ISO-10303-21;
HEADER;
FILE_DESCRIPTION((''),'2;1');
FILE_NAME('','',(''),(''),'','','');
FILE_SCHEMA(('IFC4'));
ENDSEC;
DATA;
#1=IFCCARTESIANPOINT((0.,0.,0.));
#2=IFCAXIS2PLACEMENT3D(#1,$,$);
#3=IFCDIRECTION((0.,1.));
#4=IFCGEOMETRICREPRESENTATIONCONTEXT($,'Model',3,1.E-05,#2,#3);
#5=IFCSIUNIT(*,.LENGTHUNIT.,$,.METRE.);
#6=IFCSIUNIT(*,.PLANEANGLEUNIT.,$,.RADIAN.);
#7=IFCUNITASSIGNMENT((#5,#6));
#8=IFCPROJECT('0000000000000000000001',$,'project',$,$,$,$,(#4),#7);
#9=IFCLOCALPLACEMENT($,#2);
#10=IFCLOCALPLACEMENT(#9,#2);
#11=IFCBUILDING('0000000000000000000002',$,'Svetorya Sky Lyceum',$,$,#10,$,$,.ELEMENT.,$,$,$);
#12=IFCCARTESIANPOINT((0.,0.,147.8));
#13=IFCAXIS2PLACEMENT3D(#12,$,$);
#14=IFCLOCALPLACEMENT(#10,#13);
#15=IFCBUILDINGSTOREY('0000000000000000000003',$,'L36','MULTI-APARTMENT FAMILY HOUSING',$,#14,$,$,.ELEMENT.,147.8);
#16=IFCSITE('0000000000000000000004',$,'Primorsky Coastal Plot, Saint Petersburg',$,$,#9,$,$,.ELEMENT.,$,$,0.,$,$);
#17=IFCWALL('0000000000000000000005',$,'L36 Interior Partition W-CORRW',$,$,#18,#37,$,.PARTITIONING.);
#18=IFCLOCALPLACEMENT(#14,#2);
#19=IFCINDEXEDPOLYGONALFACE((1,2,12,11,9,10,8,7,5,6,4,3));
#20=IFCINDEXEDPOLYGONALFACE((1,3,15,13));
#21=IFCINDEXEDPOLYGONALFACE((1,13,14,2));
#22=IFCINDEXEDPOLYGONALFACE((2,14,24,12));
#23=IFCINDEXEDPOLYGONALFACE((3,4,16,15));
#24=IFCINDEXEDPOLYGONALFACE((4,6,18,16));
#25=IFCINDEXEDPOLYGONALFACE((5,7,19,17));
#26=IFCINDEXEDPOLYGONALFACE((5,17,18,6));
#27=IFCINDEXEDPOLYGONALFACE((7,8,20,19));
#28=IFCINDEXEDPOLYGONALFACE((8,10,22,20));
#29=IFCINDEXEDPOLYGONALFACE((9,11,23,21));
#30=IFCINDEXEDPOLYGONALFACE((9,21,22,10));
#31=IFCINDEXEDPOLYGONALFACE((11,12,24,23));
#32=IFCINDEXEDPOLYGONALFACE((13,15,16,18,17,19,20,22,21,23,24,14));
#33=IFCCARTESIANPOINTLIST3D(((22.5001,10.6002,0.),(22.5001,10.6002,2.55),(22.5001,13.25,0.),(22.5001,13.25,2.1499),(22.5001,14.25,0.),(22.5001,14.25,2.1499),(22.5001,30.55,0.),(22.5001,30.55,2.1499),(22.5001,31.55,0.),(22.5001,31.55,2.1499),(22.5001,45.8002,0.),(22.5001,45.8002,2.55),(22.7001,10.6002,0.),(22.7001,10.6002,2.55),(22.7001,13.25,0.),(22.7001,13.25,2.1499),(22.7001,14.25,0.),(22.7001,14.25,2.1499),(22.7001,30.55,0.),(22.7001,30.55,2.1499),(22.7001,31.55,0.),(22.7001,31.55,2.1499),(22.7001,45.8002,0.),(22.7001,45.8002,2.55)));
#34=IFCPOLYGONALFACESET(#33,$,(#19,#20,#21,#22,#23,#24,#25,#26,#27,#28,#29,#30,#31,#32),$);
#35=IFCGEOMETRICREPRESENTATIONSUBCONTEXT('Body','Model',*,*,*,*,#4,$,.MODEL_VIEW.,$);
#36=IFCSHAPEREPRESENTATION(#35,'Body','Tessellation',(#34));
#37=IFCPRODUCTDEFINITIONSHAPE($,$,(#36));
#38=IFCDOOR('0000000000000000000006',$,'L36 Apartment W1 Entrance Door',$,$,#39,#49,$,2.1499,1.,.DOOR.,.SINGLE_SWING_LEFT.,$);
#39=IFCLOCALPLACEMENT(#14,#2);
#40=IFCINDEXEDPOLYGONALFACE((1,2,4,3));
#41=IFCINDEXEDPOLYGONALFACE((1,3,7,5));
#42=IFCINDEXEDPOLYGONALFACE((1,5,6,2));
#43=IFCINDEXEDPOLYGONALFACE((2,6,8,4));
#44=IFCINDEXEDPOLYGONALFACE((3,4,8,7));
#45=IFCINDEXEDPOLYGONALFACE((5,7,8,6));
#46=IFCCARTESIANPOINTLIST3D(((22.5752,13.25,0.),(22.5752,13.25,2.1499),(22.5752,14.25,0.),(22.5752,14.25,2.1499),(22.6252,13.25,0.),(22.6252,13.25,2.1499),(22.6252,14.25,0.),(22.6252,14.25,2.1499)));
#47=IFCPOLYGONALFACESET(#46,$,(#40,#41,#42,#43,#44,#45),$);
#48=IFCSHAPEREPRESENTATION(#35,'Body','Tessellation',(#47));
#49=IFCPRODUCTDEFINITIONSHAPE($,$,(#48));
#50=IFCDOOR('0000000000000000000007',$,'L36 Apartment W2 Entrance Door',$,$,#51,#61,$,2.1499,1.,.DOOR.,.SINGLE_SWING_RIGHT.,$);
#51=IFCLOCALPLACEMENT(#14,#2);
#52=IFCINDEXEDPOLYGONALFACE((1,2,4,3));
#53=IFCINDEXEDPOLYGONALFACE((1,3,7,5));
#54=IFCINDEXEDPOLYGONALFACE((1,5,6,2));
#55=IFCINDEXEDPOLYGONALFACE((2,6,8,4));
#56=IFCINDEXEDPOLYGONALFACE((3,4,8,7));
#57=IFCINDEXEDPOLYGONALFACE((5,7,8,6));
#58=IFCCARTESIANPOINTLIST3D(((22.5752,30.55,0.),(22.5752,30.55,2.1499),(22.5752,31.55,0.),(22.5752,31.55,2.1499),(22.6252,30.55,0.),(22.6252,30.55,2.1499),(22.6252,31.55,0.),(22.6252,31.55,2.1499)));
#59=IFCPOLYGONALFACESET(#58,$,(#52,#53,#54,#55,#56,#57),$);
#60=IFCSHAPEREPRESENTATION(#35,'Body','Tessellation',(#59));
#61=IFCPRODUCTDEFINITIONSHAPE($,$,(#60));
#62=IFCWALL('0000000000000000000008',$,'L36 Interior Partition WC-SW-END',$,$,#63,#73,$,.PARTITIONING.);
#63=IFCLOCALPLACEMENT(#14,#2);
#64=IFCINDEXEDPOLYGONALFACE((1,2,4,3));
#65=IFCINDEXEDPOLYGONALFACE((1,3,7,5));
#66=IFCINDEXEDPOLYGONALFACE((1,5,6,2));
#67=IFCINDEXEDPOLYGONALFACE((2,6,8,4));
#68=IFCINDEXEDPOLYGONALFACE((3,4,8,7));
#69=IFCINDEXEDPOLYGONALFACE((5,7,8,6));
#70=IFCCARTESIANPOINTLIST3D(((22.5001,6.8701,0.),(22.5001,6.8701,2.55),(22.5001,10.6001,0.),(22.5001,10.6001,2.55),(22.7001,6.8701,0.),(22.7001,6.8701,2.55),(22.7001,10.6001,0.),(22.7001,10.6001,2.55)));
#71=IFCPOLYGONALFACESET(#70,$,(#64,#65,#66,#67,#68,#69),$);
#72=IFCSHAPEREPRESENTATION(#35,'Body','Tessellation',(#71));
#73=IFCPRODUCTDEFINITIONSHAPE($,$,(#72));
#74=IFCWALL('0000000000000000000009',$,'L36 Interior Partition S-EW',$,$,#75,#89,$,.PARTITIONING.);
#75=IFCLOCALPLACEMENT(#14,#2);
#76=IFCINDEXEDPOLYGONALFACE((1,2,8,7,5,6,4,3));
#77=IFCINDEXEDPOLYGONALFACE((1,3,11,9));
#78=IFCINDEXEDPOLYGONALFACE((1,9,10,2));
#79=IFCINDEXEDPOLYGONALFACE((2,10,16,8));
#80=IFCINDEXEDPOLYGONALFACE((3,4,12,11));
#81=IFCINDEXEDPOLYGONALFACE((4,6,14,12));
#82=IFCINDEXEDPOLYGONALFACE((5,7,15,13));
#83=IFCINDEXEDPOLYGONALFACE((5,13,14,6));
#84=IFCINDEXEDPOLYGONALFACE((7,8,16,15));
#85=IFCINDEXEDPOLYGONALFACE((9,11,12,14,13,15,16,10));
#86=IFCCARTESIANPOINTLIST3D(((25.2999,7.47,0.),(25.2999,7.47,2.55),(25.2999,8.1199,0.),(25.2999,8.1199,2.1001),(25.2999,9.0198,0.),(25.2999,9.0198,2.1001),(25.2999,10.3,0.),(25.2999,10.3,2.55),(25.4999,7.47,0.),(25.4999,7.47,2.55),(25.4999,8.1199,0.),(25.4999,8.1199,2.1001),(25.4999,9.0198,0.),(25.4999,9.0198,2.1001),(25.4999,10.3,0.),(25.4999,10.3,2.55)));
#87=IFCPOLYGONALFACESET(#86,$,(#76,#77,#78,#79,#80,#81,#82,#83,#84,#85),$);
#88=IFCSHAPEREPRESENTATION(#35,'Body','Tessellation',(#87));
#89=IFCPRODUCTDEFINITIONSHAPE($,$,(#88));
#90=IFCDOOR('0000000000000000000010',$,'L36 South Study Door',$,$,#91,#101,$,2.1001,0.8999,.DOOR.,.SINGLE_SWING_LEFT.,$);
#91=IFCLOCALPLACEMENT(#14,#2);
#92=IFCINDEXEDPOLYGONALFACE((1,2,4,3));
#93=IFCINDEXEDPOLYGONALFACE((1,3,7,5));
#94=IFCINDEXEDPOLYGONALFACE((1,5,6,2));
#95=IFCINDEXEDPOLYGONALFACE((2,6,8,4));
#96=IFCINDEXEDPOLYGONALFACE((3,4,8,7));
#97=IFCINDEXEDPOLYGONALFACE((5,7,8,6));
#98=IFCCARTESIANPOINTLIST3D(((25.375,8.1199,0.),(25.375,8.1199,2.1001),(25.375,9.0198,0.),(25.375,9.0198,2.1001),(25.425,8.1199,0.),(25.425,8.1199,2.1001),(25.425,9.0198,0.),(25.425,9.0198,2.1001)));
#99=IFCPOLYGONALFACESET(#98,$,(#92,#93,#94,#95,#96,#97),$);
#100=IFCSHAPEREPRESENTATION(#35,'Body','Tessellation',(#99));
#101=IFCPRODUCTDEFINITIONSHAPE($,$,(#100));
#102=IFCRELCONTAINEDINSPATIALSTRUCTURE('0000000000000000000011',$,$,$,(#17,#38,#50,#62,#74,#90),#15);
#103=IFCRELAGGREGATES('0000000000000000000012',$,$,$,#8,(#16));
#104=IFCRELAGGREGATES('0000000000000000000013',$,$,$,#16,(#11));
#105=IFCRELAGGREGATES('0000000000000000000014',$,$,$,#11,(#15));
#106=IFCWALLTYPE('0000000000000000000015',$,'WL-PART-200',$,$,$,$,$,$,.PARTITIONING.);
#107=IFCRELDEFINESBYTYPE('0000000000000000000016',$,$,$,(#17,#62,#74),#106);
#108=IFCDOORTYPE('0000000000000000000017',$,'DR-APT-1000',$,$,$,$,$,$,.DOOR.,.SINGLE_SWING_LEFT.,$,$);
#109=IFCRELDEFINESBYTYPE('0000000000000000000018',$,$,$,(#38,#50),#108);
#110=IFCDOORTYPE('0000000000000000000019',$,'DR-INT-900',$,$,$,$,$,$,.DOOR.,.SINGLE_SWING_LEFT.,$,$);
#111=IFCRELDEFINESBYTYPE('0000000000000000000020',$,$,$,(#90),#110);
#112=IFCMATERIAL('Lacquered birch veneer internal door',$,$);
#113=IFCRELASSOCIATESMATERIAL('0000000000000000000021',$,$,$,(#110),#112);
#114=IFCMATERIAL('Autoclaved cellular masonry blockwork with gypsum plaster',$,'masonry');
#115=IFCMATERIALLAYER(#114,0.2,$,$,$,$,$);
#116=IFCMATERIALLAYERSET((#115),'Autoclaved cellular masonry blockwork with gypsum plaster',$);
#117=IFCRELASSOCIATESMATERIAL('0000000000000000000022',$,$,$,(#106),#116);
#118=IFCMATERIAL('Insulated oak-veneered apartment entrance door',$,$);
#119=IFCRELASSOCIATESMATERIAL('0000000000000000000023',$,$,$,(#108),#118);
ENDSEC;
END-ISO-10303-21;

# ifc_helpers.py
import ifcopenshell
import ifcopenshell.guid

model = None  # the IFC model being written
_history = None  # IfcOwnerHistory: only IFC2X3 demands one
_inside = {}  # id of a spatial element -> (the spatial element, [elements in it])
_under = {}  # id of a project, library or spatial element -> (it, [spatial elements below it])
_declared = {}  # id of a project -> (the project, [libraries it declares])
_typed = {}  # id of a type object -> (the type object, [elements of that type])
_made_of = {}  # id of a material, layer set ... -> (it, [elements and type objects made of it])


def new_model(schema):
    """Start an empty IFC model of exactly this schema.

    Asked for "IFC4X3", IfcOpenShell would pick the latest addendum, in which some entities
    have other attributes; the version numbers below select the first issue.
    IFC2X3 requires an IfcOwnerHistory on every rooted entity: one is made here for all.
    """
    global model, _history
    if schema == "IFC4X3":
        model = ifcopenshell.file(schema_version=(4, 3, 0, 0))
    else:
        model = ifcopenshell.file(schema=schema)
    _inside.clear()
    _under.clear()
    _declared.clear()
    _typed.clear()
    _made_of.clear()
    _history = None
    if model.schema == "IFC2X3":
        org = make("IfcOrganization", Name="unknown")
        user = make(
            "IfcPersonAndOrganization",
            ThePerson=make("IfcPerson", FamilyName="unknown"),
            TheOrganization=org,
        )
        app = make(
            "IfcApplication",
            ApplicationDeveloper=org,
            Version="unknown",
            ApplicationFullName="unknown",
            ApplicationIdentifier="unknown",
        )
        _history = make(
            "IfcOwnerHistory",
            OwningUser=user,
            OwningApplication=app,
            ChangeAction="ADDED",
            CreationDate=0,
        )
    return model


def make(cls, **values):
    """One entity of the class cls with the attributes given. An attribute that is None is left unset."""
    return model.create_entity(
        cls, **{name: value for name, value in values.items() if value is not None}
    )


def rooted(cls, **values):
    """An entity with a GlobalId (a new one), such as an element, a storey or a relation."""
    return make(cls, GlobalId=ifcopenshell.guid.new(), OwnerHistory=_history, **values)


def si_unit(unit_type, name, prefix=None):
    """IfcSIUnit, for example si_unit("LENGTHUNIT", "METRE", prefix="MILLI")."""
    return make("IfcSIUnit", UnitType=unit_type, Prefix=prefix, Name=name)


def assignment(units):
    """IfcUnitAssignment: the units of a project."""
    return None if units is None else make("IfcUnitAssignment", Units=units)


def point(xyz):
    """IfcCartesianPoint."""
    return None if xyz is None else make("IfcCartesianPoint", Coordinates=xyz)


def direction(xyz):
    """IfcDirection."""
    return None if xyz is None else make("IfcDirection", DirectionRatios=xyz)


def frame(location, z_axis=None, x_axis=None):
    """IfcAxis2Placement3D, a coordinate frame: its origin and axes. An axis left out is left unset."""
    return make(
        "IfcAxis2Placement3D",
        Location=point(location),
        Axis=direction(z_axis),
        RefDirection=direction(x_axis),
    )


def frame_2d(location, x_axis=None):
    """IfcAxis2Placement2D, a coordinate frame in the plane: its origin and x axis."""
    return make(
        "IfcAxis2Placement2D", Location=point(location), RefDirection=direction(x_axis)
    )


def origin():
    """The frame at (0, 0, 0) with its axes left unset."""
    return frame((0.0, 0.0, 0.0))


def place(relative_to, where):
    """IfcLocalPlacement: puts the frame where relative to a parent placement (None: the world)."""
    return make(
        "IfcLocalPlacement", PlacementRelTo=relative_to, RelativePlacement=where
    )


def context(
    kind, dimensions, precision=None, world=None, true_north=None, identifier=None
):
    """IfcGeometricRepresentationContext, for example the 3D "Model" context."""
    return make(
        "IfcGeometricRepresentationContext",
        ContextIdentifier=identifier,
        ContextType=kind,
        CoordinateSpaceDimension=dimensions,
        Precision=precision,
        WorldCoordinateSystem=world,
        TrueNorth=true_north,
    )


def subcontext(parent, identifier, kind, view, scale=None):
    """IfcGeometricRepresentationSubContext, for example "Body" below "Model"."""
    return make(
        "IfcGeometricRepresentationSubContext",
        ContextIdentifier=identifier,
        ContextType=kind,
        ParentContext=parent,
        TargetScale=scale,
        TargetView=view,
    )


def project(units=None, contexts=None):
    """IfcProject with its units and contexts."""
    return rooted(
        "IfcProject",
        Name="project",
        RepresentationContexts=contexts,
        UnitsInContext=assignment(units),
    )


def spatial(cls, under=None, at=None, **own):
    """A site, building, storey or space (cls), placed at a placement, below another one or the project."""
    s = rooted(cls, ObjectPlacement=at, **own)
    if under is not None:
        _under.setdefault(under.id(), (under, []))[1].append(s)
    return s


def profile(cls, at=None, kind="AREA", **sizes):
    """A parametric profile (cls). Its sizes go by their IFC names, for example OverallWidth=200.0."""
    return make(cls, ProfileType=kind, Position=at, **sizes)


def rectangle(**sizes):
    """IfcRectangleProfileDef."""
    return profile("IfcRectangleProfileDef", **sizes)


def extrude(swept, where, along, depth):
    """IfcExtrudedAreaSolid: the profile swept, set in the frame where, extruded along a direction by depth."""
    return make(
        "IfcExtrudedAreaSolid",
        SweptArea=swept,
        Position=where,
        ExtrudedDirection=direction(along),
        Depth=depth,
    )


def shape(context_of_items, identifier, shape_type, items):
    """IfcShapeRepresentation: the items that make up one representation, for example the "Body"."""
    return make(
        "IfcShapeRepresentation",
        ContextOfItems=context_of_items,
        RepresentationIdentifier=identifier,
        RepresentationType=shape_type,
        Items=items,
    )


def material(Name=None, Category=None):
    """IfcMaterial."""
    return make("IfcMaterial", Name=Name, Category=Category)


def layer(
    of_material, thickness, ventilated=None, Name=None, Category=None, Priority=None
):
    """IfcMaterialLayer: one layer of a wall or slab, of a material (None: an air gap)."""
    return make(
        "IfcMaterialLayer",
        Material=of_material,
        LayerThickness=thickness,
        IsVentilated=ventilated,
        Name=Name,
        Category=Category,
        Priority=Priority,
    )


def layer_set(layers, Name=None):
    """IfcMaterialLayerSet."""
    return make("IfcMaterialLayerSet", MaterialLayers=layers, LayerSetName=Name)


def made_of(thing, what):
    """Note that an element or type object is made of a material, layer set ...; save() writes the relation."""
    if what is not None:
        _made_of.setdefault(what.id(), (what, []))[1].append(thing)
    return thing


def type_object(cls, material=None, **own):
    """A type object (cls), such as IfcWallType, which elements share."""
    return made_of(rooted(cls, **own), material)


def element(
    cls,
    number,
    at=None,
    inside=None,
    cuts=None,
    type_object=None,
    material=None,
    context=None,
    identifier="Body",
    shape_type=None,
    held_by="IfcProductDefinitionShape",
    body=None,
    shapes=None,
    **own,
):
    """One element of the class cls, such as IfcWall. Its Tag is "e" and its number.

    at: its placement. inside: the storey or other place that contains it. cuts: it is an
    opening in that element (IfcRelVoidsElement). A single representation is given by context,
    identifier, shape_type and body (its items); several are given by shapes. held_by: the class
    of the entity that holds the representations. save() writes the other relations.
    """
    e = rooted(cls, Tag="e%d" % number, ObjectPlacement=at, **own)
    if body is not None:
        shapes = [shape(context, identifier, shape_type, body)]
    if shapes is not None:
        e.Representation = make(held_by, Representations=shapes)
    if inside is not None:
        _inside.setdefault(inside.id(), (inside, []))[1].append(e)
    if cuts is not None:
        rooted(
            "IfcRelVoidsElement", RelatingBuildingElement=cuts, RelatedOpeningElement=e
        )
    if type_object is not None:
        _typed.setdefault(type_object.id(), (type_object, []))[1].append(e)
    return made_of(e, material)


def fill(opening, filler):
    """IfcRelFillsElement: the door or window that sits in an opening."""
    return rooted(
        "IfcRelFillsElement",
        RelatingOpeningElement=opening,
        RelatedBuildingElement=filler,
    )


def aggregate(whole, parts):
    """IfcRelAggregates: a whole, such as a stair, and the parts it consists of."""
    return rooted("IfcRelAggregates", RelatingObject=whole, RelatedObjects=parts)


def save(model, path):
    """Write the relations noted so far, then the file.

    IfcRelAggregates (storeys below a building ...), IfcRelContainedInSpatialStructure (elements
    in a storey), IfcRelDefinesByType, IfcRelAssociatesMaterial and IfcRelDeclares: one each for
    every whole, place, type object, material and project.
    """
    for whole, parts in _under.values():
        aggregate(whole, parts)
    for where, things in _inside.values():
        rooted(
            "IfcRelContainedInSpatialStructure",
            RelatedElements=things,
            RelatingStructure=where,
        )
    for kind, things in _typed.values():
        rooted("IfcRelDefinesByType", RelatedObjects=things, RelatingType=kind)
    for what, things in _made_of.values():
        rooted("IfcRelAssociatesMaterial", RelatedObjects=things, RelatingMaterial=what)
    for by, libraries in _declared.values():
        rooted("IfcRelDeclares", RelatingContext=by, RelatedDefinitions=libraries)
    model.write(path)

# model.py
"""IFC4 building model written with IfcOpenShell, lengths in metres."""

from ifc_helpers import new_model, si_unit, direction, frame, frame_2d, origin, place, context, subcontext, project, spatial, rectangle, extrude, material, layer, layer_set, type_object, element, fill, save


model = new_model("IFC4")

# Units and contexts
model_context = context("Model", 3, precision=1e-05, world=origin(), true_north=direction((0.0, 1.0)))
body_context = subcontext(model_context, "Body", "Model", "MODEL_VIEW")
ifc_project = project(units=[si_unit("LENGTHUNIT", "METRE"), si_unit("PLANEANGLEUNIT", "RADIAN")], contexts=[model_context])

# Site, building, storey
site_placement = place(None, origin())
site = spatial("IfcSite", under=ifc_project, at=site_placement, Name="Primorsky Coastal Plot, Saint Petersburg", CompositionType="ELEMENT", RefElevation=0.0)
building_placement = place(site_placement, origin())
building = spatial("IfcBuilding", under=site, at=building_placement, Name="Svetorya Sky Lyceum", CompositionType="ELEMENT")
storey_placement = place(building_placement, frame((0.0, 0.0, 147.8)))
storey = spatial("IfcBuildingStorey", under=building, at=storey_placement, Name="L36", Description="MULTI-APARTMENT FAMILY HOUSING", CompositionType="ELEMENT", Elevation=147.8)

# Shared definitions
ifc_material_1 = material(Name="Lacquered birch veneer internal door")
door_type_1 = type_object("IfcDoorType", Name="DR-INT-900", OperationType="SINGLE_SWING_LEFT", PredefinedType="DOOR", material=ifc_material_1)

# Shared definitions
ifc_material_2 = material(Name="Autoclaved cellular masonry blockwork with gypsum plaster", Category="masonry")
ifc_layer_1 = layer(ifc_material_2, 0.2)
ifc_layer_set_1 = layer_set([ifc_layer_1], Name="Autoclaved cellular masonry blockwork with gypsum plaster")
wall_type_1 = type_object("IfcWallType", Name="WL-PART-200", PredefinedType="PARTITIONING", material=ifc_layer_set_1)

# Wall, openings, doors
wall_1_placement = place(storey_placement, frame((22.6001, 10.6001, 0.0), z_axis=(0.0, 0.0, 1.0), x_axis=(0.0, 1.0, 0.0)))
wall_1 = element("IfcWall", 1, at=wall_1_placement, inside=storey, type_object=wall_type_1, Name="L36 Interior Partition W-CORRW", PredefinedType="PARTITIONING", context=body_context, shape_type="SweptSolid", body=[
    extrude(rectangle(XDim=35.2, YDim=0.2, at=frame_2d((17.6001, 0.0))), origin(), (0.0, 0.0, 1.0), 2.55),
])
opening_1_placement = place(wall_1_placement, frame((2.6499, 0.0, 0.0)))
opening_1 = element("IfcOpeningElement", 2, at=opening_1_placement, cuts=wall_1, PredefinedType="OPENING", context=body_context, shape_type="SweptSolid", body=[
    extrude(rectangle(XDim=1.0, YDim=2.1499, at=frame_2d((0.5, 1.075))), frame((0.0, 0.1099, 0.0), z_axis=(0.0, -1.0, 0.0), x_axis=(1.0, 0.0, 0.0)), (0.0, 0.0, 1.0), 0.22),
])
opening_2_placement = place(wall_1_placement, frame((19.95, 0.0, 0.0)))
opening_2 = element("IfcOpeningElement", 3, at=opening_2_placement, cuts=wall_1, PredefinedType="OPENING", context=body_context, shape_type="SweptSolid", body=[
    extrude(rectangle(XDim=1.0, YDim=2.1499, at=frame_2d((0.5, 1.075))), frame((0.0, 0.1099, 0.0), z_axis=(0.0, -1.0, 0.0), x_axis=(1.0, 0.0, 0.0)), (0.0, 0.0, 1.0), 0.22),
])
ifc_material_3 = material(Name="Insulated oak-veneered apartment entrance door")
door_type_2 = type_object("IfcDoorType", Name="DR-APT-1000", OperationType="SINGLE_SWING_LEFT", PredefinedType="DOOR", material=ifc_material_3)
door_1_placement = place(opening_1_placement, origin())
door_1 = element("IfcDoor", 4, at=door_1_placement, inside=storey, type_object=door_type_2, Name="L36 Apartment W1 Entrance Door", OperationType="SINGLE_SWING_LEFT", OverallHeight=2.1499, OverallWidth=1.0, PredefinedType="DOOR", context=body_context, shape_type="SweptSolid", body=[
    extrude(rectangle(XDim=1.0, YDim=2.1499, at=frame_2d((0.5, 1.075))), frame((0.0, 0.0249, 0.0), z_axis=(0.0, -1.0, 0.0), x_axis=(1.0, 0.0, 0.0)), (0.0, 0.0, 1.0), 0.05),
])
fill(opening_1, door_1)
door_2_placement = place(opening_2_placement, origin())
door_2 = element("IfcDoor", 5, at=door_2_placement, inside=storey, type_object=door_type_2, Name="L36 Apartment W2 Entrance Door", OperationType="SINGLE_SWING_RIGHT", OverallHeight=2.1499, OverallWidth=1.0, PredefinedType="DOOR", context=body_context, shape_type="SweptSolid", body=[
    extrude(rectangle(XDim=1.0, YDim=2.1499, at=frame_2d((0.5, 1.075))), frame((0.0, 0.0249, 0.0), z_axis=(0.0, -1.0, 0.0), x_axis=(1.0, 0.0, 0.0)), (0.0, 0.0, 1.0), 0.05),
])
fill(opening_2, door_2)

# Wall
wall_2_placement = place(storey_placement, frame((22.6001, 6.8701, 0.0), z_axis=(0.0, 0.0, 1.0), x_axis=(0.0, 1.0, 0.0)))
element("IfcWall", 6, at=wall_2_placement, inside=storey, type_object=wall_type_1, Name="L36 Interior Partition WC-SW-END", PredefinedType="PARTITIONING", context=body_context, shape_type="SweptSolid", body=[
    extrude(rectangle(XDim=3.73, YDim=0.2, at=frame_2d((1.865, 0.0))), origin(), (0.0, 0.0, 1.0), 2.55),
])

# Wall, opening, door
wall_3_placement = place(storey_placement, frame((25.3999, 7.47, 0.0), z_axis=(0.0, 0.0, 1.0), x_axis=(0.0, 1.0, 0.0)))
wall_3 = element("IfcWall", 7, at=wall_3_placement, inside=storey, type_object=wall_type_1, Name="L36 Interior Partition S-EW", PredefinedType="PARTITIONING", context=body_context, shape_type="SweptSolid", body=[
    extrude(rectangle(XDim=2.8301, YDim=0.2, at=frame_2d((1.415, 0.0))), origin(), (0.0, 0.0, 1.0), 2.55),
])
opening_3_placement = place(wall_3_placement, frame((0.6499, 0.0, 0.0)))
opening_3 = element("IfcOpeningElement", 8, at=opening_3_placement, cuts=wall_3, PredefinedType="OPENING", context=body_context, shape_type="SweptSolid", body=[
    extrude(rectangle(XDim=0.8999, YDim=2.1001, at=frame_2d((0.45, 1.05))), frame((0.0, 0.1099, 0.0), z_axis=(0.0, -1.0, 0.0), x_axis=(1.0, 0.0, 0.0)), (0.0, 0.0, 1.0), 0.22),
])
door_3_placement = place(opening_3_placement, origin())
door_3 = element("IfcDoor", 9, at=door_3_placement, inside=storey, type_object=door_type_1, Name="L36 South Study Door", OperationType="SINGLE_SWING_LEFT", OverallHeight=2.1001, OverallWidth=0.8999, PredefinedType="DOOR", context=body_context, shape_type="SweptSolid", body=[
    extrude(rectangle(XDim=0.8999, YDim=2.1001, at=frame_2d((0.45, 1.05))), frame((0.0, 0.0249, 0.0), z_axis=(0.0, -1.0, 0.0), x_axis=(1.0, 0.0, 0.0)), (0.0, 0.0, 1.0), 0.05),
])
fill(opening_3, door_3)

save(model, "model.ifc")
